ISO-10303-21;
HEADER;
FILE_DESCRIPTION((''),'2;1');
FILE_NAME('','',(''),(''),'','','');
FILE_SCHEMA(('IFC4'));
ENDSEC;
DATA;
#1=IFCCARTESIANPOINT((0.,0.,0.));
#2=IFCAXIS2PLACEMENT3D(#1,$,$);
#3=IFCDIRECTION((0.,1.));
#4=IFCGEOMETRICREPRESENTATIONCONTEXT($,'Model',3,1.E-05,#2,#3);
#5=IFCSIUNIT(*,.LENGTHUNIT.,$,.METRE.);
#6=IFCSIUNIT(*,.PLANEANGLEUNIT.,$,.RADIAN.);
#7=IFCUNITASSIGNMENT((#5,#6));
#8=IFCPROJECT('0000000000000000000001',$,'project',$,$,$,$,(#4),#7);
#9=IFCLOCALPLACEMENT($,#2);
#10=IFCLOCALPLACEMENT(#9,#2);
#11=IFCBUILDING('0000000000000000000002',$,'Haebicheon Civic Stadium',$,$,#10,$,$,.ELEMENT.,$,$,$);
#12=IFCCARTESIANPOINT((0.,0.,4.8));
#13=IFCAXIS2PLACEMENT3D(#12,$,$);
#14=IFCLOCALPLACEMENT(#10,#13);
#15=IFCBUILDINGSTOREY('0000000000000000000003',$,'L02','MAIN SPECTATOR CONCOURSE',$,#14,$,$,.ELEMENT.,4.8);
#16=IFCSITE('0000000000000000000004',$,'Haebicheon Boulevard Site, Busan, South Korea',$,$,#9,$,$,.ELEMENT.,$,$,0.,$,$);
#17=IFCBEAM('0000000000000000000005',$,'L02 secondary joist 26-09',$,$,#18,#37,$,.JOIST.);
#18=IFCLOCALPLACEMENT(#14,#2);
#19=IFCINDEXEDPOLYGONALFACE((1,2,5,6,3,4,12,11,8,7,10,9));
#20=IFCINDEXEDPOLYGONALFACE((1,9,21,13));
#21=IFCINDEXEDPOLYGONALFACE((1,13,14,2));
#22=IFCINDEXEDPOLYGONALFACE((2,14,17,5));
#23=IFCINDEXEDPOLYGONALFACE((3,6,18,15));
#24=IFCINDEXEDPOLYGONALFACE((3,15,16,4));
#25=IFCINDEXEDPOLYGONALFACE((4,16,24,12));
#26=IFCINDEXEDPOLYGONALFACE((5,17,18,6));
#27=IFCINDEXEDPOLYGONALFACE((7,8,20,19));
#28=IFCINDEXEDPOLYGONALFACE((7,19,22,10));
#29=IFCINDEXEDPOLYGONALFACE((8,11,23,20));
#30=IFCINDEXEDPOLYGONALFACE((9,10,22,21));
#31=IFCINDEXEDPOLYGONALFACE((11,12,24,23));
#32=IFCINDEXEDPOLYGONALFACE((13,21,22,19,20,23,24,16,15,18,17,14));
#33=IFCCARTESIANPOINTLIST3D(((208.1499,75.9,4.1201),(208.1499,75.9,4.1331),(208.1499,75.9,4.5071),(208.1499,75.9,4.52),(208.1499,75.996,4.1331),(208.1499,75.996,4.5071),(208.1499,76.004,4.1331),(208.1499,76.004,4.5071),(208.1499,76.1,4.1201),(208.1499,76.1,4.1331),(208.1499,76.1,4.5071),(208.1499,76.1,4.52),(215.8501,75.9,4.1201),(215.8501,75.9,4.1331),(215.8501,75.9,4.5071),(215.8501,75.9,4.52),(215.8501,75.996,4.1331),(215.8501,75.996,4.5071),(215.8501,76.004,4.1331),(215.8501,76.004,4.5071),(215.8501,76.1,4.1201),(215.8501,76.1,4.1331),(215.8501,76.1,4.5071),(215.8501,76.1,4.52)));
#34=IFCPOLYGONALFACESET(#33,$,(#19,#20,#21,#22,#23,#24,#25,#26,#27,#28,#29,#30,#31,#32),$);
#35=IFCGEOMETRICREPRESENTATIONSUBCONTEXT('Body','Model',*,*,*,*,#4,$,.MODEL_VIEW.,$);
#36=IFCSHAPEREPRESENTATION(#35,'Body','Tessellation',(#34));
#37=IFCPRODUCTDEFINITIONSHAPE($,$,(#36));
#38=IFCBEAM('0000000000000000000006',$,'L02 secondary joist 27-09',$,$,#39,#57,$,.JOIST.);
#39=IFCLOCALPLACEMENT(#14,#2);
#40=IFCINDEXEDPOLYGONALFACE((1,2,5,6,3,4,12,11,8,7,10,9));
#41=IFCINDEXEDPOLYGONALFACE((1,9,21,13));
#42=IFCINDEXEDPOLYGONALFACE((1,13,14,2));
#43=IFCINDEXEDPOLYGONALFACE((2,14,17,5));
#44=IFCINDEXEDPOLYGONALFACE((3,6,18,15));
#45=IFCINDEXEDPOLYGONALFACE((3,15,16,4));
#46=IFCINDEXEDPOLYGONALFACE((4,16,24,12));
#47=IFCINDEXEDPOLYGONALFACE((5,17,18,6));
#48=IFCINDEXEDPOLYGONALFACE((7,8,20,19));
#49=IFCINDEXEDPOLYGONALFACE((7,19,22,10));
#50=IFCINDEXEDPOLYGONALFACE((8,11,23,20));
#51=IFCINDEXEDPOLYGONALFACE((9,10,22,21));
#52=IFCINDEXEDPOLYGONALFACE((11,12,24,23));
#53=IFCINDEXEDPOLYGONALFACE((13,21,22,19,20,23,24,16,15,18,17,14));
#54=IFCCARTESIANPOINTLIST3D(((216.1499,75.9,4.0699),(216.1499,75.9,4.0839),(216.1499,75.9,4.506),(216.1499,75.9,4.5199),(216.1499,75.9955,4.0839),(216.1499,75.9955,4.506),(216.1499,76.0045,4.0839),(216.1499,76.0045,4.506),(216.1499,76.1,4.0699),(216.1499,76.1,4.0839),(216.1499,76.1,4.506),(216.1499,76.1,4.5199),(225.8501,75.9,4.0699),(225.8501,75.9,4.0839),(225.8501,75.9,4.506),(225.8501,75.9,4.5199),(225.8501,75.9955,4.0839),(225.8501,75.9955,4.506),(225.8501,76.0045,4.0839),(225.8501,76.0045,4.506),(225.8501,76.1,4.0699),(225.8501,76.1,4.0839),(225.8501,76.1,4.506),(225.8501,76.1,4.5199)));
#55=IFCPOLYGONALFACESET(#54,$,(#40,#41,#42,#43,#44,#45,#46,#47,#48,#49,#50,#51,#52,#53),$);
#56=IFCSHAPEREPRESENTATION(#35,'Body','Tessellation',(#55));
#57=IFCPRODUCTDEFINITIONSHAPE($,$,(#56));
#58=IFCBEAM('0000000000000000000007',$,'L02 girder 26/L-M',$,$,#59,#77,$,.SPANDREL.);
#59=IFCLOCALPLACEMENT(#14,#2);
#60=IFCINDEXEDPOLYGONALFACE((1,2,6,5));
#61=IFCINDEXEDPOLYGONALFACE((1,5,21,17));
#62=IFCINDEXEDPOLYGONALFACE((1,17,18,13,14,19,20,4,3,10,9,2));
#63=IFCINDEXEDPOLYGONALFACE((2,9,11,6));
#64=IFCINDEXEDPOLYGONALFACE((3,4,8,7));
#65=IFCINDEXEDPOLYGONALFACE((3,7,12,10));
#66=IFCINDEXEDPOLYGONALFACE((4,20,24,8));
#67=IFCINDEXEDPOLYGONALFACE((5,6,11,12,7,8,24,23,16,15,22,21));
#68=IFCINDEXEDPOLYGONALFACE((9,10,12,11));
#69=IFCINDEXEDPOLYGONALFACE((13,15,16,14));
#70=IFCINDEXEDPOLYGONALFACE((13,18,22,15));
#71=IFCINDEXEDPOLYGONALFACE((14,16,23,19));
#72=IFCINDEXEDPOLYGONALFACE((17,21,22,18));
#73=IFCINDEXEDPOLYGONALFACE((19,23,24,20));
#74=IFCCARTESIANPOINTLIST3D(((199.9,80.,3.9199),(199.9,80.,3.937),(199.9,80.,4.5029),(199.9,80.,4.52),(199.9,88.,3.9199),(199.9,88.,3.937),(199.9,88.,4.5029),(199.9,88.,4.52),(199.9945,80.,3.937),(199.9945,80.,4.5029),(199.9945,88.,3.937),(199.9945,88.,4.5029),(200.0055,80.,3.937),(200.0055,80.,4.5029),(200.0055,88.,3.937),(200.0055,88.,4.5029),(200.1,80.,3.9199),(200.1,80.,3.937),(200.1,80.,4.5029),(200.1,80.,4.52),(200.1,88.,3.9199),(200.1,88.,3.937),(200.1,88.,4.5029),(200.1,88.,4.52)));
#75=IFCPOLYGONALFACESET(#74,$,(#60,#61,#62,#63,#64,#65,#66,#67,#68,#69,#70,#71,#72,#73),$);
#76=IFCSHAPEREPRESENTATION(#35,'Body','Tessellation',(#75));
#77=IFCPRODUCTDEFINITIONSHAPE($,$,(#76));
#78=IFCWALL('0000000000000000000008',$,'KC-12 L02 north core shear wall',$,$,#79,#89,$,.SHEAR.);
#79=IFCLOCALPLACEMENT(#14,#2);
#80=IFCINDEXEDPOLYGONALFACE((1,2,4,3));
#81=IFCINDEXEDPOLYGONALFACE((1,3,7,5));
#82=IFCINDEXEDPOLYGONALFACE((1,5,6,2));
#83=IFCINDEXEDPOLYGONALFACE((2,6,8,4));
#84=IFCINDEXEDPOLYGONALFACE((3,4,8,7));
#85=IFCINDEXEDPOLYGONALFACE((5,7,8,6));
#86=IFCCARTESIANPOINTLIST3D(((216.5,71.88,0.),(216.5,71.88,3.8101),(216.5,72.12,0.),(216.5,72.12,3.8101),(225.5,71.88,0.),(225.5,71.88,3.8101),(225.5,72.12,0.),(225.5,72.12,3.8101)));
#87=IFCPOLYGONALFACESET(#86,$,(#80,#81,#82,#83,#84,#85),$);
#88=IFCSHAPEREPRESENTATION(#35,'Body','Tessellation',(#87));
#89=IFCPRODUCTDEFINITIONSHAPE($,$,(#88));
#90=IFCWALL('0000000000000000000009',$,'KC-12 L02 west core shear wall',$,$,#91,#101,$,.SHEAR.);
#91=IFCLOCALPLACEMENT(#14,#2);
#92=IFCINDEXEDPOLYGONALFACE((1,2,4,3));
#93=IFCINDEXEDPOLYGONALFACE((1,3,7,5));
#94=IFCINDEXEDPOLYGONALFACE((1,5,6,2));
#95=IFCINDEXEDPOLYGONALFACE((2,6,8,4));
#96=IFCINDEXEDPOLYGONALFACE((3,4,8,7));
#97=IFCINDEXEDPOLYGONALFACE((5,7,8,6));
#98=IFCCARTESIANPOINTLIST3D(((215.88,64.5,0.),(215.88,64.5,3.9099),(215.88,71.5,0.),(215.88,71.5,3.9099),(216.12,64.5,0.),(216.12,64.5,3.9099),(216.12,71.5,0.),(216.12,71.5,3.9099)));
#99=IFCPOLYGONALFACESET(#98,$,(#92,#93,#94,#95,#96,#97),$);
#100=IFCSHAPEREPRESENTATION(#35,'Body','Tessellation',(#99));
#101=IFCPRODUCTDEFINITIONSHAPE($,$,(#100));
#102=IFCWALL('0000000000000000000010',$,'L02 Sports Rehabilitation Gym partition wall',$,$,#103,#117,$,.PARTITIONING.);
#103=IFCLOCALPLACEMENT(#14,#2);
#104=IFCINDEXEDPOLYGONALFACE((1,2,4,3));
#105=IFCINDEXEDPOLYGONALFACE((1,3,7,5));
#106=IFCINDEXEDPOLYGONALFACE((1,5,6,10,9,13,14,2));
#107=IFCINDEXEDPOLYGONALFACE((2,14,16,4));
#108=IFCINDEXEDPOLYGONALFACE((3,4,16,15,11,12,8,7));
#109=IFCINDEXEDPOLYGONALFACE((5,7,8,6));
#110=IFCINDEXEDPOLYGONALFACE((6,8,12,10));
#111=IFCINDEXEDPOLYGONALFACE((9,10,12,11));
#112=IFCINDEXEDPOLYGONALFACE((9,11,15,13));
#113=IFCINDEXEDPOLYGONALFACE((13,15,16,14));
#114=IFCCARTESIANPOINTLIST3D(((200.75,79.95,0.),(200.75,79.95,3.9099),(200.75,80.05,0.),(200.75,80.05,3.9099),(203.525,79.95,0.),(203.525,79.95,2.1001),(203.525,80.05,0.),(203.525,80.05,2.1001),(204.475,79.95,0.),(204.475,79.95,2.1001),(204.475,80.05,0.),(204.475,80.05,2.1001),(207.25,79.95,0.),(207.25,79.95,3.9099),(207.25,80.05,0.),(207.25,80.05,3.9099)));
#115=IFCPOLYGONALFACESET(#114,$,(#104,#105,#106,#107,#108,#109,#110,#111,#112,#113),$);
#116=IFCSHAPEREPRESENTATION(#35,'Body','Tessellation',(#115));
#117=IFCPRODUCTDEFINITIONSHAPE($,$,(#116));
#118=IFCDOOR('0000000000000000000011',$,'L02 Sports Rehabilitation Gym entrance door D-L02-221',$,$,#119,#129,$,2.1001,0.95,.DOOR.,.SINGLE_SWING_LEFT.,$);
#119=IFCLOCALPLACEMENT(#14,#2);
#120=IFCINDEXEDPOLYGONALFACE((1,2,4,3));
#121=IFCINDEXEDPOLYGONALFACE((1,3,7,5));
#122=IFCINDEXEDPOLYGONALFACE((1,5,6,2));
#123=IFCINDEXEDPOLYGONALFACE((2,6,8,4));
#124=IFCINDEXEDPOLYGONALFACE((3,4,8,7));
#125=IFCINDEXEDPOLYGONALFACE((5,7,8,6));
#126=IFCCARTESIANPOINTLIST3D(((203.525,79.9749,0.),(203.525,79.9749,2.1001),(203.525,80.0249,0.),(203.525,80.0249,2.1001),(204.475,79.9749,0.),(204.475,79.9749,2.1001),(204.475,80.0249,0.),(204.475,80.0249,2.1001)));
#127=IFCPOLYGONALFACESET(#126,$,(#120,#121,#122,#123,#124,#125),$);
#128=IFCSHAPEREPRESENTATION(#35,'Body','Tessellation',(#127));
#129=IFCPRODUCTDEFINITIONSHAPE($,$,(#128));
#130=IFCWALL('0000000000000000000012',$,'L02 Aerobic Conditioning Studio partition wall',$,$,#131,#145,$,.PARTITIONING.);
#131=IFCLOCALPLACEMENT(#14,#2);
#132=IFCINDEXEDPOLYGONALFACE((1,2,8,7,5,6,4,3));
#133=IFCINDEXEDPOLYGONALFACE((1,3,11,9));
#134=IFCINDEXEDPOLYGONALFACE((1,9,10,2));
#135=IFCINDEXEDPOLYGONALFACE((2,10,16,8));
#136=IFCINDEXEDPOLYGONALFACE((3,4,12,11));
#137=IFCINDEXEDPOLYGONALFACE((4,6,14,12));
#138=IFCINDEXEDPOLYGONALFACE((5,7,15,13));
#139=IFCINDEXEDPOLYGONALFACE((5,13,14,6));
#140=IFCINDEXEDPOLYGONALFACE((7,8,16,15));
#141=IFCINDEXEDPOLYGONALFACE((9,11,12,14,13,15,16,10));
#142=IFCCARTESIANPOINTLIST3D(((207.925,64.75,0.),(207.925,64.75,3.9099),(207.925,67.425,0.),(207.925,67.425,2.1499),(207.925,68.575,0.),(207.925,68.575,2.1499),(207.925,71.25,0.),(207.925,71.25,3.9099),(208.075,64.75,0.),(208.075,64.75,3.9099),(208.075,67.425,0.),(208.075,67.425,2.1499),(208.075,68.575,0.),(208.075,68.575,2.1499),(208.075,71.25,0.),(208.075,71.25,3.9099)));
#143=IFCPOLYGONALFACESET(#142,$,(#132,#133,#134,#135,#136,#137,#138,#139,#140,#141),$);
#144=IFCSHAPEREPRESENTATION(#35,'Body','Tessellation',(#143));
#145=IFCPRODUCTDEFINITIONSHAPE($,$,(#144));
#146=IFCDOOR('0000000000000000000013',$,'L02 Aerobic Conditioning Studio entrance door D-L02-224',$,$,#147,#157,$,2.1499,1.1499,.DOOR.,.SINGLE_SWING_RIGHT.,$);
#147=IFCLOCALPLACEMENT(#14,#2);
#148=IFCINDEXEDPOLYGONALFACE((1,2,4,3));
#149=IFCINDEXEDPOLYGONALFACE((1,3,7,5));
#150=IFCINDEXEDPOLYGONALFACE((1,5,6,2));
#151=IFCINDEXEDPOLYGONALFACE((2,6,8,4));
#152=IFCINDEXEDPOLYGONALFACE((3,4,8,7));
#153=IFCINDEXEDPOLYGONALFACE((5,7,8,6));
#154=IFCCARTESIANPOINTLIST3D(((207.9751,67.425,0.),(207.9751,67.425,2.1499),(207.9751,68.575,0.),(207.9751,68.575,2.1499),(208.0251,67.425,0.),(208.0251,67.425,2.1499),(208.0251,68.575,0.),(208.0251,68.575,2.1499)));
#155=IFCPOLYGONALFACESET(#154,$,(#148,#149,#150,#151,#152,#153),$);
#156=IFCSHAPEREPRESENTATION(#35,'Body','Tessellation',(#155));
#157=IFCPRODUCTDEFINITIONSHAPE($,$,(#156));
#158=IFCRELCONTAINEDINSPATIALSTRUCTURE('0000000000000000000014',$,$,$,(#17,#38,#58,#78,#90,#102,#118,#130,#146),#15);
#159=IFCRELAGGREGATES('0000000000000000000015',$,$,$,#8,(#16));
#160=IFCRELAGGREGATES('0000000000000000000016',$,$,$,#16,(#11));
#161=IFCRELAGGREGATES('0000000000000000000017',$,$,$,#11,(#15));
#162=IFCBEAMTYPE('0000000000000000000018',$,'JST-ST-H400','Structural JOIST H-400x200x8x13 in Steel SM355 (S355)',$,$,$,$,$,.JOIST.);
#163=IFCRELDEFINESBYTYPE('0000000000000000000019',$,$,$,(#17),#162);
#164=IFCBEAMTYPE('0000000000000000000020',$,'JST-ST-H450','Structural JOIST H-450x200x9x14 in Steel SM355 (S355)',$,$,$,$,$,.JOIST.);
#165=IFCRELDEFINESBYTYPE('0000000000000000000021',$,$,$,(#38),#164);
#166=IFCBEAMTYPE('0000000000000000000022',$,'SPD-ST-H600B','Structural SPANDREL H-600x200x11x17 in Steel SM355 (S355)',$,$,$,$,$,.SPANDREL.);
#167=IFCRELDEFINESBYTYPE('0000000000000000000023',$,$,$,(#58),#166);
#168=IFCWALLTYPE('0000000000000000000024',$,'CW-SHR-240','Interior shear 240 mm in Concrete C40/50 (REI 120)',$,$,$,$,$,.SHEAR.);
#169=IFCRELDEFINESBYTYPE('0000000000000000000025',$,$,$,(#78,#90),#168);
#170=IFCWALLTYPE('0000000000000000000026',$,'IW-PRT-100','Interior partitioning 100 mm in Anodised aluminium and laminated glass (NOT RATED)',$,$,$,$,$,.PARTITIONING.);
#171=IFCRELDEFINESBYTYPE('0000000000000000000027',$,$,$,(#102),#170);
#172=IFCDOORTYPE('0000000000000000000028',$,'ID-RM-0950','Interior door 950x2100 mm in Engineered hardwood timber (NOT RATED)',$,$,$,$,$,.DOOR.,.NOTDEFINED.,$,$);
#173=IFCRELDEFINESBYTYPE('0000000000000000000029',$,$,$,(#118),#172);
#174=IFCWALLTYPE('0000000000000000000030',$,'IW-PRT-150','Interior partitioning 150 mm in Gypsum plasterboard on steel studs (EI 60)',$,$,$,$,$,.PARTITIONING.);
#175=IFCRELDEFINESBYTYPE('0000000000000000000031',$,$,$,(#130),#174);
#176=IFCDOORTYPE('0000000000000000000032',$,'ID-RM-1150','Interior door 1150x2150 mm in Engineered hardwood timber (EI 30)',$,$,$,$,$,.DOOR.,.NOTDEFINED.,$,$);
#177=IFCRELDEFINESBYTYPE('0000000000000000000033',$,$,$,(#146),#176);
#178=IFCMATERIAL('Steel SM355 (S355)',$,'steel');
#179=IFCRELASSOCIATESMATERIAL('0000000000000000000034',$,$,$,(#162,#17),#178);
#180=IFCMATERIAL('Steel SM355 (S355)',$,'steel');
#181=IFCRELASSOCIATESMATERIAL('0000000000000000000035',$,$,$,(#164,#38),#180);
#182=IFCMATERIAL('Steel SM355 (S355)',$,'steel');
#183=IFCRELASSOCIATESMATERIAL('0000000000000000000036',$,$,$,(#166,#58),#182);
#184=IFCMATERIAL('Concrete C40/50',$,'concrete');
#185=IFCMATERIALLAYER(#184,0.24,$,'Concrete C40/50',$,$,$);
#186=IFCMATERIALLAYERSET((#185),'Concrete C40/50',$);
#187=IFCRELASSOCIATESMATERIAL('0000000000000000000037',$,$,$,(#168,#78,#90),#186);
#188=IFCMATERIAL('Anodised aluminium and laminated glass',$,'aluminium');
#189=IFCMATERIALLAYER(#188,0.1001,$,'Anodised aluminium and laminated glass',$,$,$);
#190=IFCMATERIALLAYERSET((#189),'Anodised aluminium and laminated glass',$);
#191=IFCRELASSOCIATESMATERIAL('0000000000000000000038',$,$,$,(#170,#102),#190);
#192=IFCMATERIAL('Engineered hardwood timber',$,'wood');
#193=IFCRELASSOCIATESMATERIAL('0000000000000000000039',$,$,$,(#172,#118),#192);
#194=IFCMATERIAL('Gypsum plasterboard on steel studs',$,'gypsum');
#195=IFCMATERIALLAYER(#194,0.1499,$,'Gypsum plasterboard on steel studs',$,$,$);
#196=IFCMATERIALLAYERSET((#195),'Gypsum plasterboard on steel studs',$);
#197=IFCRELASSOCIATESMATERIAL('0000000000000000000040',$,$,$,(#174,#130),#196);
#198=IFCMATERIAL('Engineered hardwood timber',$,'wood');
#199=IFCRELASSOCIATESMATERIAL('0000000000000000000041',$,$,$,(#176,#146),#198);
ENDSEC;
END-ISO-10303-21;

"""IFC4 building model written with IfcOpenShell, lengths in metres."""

from ifc_helpers import new_model, si_unit, direction, frame, frame_2d, origin, origin_2d, place, context, subcontext, project, spatial, rectangle, i_section, extrude, material, layer, layer_set, material_profile, profile_set, type_object, element, fill, save


model = new_model("IFC4")

# Units and contexts
model_context = context("Model", 3, precision=1e-05, world=origin(), true_north=direction((0.0, 1.0)))
body_context = subcontext(model_context, "Body", "Model", "MODEL_VIEW")
ifc_project = project(units=[si_unit("LENGTHUNIT", "METRE"), si_unit("PLANEANGLEUNIT", "RADIAN")], contexts=[model_context])

# Site, building, storey
site_placement = place(None, origin())
site = spatial("IfcSite", under=ifc_project, at=site_placement, Name="Haebicheon Boulevard Site, Busan, South Korea", CompositionType="ELEMENT", RefElevation=0.0)
building_placement = place(site_placement, origin())
building = spatial("IfcBuilding", under=site, at=building_placement, Name="Haebicheon Civic Stadium", CompositionType="ELEMENT")
storey_placement = place(building_placement, frame((0.0, 0.0, 4.8)))
storey = spatial("IfcBuildingStorey", under=building, at=storey_placement, Name="L02", Description="MAIN SPECTATOR CONCOURSE", CompositionType="ELEMENT", Elevation=4.8)

# Beams
ifc_material_1 = material(Name="Steel SM355 (S355)", Category="steel")
ifc_material_profile_1 = material_profile(ifc_material_1, i_section(OverallWidth=0.2, OverallDepth=0.3999, WebThickness=0.0081, FlangeThickness=0.0129, at=origin_2d()), Name="H-400x200x8x13")
ifc_profile_set_1 = profile_set([ifc_material_profile_1], Name="Steel SM355 (S355)")
beam_type_1 = type_object("IfcBeamType", Name="JST-ST-H400", Description="Structural JOIST H-400x200x8x13 in Steel SM355 (S355)", PredefinedType="JOIST", material=ifc_profile_set_1)
for number, where, z_axis, x_axis, name in (
    (1, (208.1499, 76.0, 4.3201), (1.0, 0.0, 0.0), (0.0, 1.0, 0.0), "L02 secondary joist 26-09"),
):
    element("IfcBeam", number, at=place(storey_placement, frame(where, z_axis=z_axis, x_axis=x_axis)), inside=storey, type_object=beam_type_1, material=ifc_profile_set_1, Name=name, PredefinedType="JOIST", context=body_context, shape_type="SweptSolid", body=[
        extrude(i_section(OverallWidth=0.2, OverallDepth=0.3999, WebThickness=0.0081, FlangeThickness=0.0129, at=origin_2d()), origin(), (0.0, 0.0, 1.0), 7.7002),
    ])
ifc_material_2 = material(Name="Steel SM355 (S355)", Category="steel")
ifc_material_profile_2 = material_profile(ifc_material_2, i_section(OverallWidth=0.2, OverallDepth=0.45, WebThickness=0.009, FlangeThickness=0.0139, at=origin_2d()), Name="H-450x200x9x14")
ifc_profile_set_2 = profile_set([ifc_material_profile_2], Name="Steel SM355 (S355)")
beam_type_2 = type_object("IfcBeamType", Name="JST-ST-H450", Description="Structural JOIST H-450x200x9x14 in Steel SM355 (S355)", PredefinedType="JOIST", material=ifc_profile_set_2)
beam_1_placement = place(storey_placement, frame((216.1499, 76.0, 4.2949), z_axis=(1.0, 0.0, 0.0), x_axis=(0.0, 1.0, 0.0)))
element("IfcBeam", 2, at=beam_1_placement, inside=storey, type_object=beam_type_2, material=ifc_profile_set_2, Name="L02 secondary joist 27-09", PredefinedType="JOIST", context=body_context, shape_type="SweptSolid", body=[
    extrude(i_section(OverallWidth=0.2, OverallDepth=0.45, WebThickness=0.009, FlangeThickness=0.0139, at=origin_2d()), origin(), (0.0, 0.0, 1.0), 9.7002),
])
ifc_material_3 = material(Name="Steel SM355 (S355)", Category="steel")
ifc_material_profile_3 = material_profile(ifc_material_3, i_section(OverallWidth=0.2, OverallDepth=0.6001, WebThickness=0.011, FlangeThickness=0.0171, at=origin_2d()), Name="H-600x200x11x17")
ifc_profile_set_3 = profile_set([ifc_material_profile_3], Name="Steel SM355 (S355)")
beam_type_3 = type_object("IfcBeamType", Name="SPD-ST-H600B", Description="Structural SPANDREL H-600x200x11x17 in Steel SM355 (S355)", PredefinedType="SPANDREL", material=ifc_profile_set_3)
beam_2_placement = place(storey_placement, frame((200.0, 80.0, 4.22), z_axis=(0.0, 1.0, 0.0), x_axis=(-1.0, 0.0, 0.0)))
element("IfcBeam", 3, at=beam_2_placement, inside=storey, type_object=beam_type_3, material=ifc_profile_set_3, Name="L02 girder 26/L-M", PredefinedType="SPANDREL", context=body_context, shape_type="SweptSolid", body=[
    extrude(i_section(OverallWidth=0.2, OverallDepth=0.6001, WebThickness=0.011, FlangeThickness=0.0171, at=origin_2d()), origin(), (0.0, 0.0, 1.0), 8.0),
])

# Walls
ifc_material_4 = material(Name="Concrete C40/50", Category="concrete")
ifc_layer_1 = layer(ifc_material_4, 0.24, Name="Concrete C40/50")
ifc_layer_set_1 = layer_set([ifc_layer_1], Name="Concrete C40/50")
wall_type_1 = type_object("IfcWallType", Name="CW-SHR-240", Description="Interior shear 240 mm in Concrete C40/50 (REI 120)", PredefinedType="SHEAR", material=ifc_layer_set_1)
wall_1_placement = place(storey_placement, frame((216.5, 72.0, 0.0), z_axis=(0.0, 0.0, 1.0), x_axis=(1.0, 0.0, 0.0)))
element("IfcWall", 4, at=wall_1_placement, inside=storey, type_object=wall_type_1, material=ifc_layer_set_1, Name="KC-12 L02 north core shear wall", PredefinedType="SHEAR", context=body_context, shape_type="SweptSolid", body=[
    extrude(rectangle(XDim=9.0, YDim=0.24, at=frame_2d((4.5, 0.0))), origin(), (0.0, 0.0, 1.0), 3.8101),
])
wall_2_placement = place(storey_placement, frame((216.0, 64.5, 0.0), z_axis=(0.0, 0.0, 1.0), x_axis=(0.0, 1.0, 0.0)))
element("IfcWall", 5, at=wall_2_placement, inside=storey, type_object=wall_type_1, material=ifc_layer_set_1, Name="KC-12 L02 west core shear wall", PredefinedType="SHEAR", context=body_context, shape_type="SweptSolid", body=[
    extrude(rectangle(XDim=7.0, YDim=0.24, at=frame_2d((3.5, 0.0))), origin(), (0.0, 0.0, 1.0), 3.9099),
])

# Walls, openings, doors
ifc_material_5 = material(Name="Anodised aluminium and laminated glass", Category="aluminium")
ifc_layer_2 = layer(ifc_material_5, 0.1001, Name="Anodised aluminium and laminated glass")
ifc_layer_set_2 = layer_set([ifc_layer_2], Name="Anodised aluminium and laminated glass")
wall_type_2 = type_object("IfcWallType", Name="IW-PRT-100", Description="Interior partitioning 100 mm in Anodised aluminium and laminated glass (NOT RATED)", PredefinedType="PARTITIONING", material=ifc_layer_set_2)
wall_3_placement = place(storey_placement, frame((200.75, 80.0, 0.0), z_axis=(0.0, 0.0, 1.0), x_axis=(1.0, 0.0, 0.0)))
wall_3 = element("IfcWall", 6, at=wall_3_placement, inside=storey, type_object=wall_type_2, material=ifc_layer_set_2, Name="L02 Sports Rehabilitation Gym partition wall", PredefinedType="PARTITIONING", context=body_context, shape_type="SweptSolid", body=[
    extrude(rectangle(XDim=6.5, YDim=0.1001, at=frame_2d((3.25, 0.0))), origin(), (0.0, 0.0, 1.0), 3.9099),
])
opening_1_placement = place(wall_3_placement, frame((2.7749, 0.0, 0.0)))
opening_1 = element("IfcOpeningElement", 7, at=opening_1_placement, cuts=wall_3, PredefinedType="OPENING", context=body_context, shape_type="SweptSolid", body=[
    extrude(rectangle(XDim=0.95, YDim=2.1001, at=frame_2d((0.4751, 1.05))), frame((0.0, 0.0601, 0.0), z_axis=(0.0, -1.0, 0.0), x_axis=(1.0, 0.0, 0.0)), (0.0, 0.0, 1.0), 0.1201),
])
ifc_material_6 = material(Name="Engineered hardwood timber", Category="wood")
door_type_1 = type_object("IfcDoorType", Name="ID-RM-0950", Description="Interior door 950x2100 mm in Engineered hardwood timber (NOT RATED)", OperationType="NOTDEFINED", PredefinedType="DOOR", material=ifc_material_6)
door_1_placement = place(opening_1_placement, origin())
door_1 = element("IfcDoor", 8, at=door_1_placement, inside=storey, type_object=door_type_1, material=ifc_material_6, Name="L02 Sports Rehabilitation Gym entrance door D-L02-221", OperationType="SINGLE_SWING_LEFT", OverallHeight=2.1001, OverallWidth=0.95, PredefinedType="DOOR", context=body_context, shape_type="SweptSolid", body=[
    extrude(rectangle(XDim=0.95, YDim=2.1001, at=frame_2d((0.4751, 1.05))), frame((0.0, 0.0249, 0.0), z_axis=(0.0, -1.0, 0.0), x_axis=(1.0, 0.0, 0.0)), (0.0, 0.0, 1.0), 0.05),
])
fill(opening_1, door_1)
ifc_material_7 = material(Name="Gypsum plasterboard on steel studs", Category="gypsum")
ifc_layer_3 = layer(ifc_material_7, 0.1499, Name="Gypsum plasterboard on steel studs")
ifc_layer_set_3 = layer_set([ifc_layer_3], Name="Gypsum plasterboard on steel studs")
wall_type_3 = type_object("IfcWallType", Name="IW-PRT-150", Description="Interior partitioning 150 mm in Gypsum plasterboard on steel studs (EI 60)", PredefinedType="PARTITIONING", material=ifc_layer_set_3)
wall_4_placement = place(storey_placement, frame((208.0, 64.75, 0.0), z_axis=(0.0, 0.0, 1.0), x_axis=(0.0, 1.0, 0.0)))
wall_4 = element("IfcWall", 9, at=wall_4_placement, inside=storey, type_object=wall_type_3, material=ifc_layer_set_3, Name="L02 Aerobic Conditioning Studio partition wall", PredefinedType="PARTITIONING", context=body_context, shape_type="SweptSolid", body=[
    extrude(rectangle(XDim=6.5, YDim=0.1499, at=frame_2d((3.25, 0.0))), origin(), (0.0, 0.0, 1.0), 3.9099),
])
opening_2_placement = place(wall_4_placement, frame((2.675, 0.0, 0.0)))
opening_2 = element("IfcOpeningElement", 10, at=opening_2_placement, cuts=wall_4, PredefinedType="OPENING", context=body_context, shape_type="SweptSolid", body=[
    extrude(rectangle(XDim=1.1499, YDim=2.1499, at=frame_2d((0.575, 1.075))), frame((0.0, 0.085, 0.0), z_axis=(0.0, -1.0, 0.0), x_axis=(1.0, 0.0, 0.0)), (0.0, 0.0, 1.0), 0.1699),
])
ifc_material_8 = material(Name="Engineered hardwood timber", Category="wood")
door_type_2 = type_object("IfcDoorType", Name="ID-RM-1150", Description="Interior door 1150x2150 mm in Engineered hardwood timber (EI 30)", OperationType="NOTDEFINED", PredefinedType="DOOR", material=ifc_material_8)
door_2_placement = place(opening_2_placement, origin())
door_2 = element("IfcDoor", 11, at=door_2_placement, inside=storey, type_object=door_type_2, material=ifc_material_8, Name="L02 Aerobic Conditioning Studio entrance door D-L02-224", OperationType="SINGLE_SWING_RIGHT", OverallHeight=2.1499, OverallWidth=1.1499, PredefinedType="DOOR", context=body_context, shape_type="SweptSolid", body=[
    extrude(rectangle(XDim=1.1499, YDim=2.1499, at=frame_2d((0.575, 1.075))), frame((0.0, 0.0249, 0.0), z_axis=(0.0, -1.0, 0.0), x_axis=(1.0, 0.0, 0.0)), (0.0, 0.0, 1.0), 0.05),
])
fill(opening_2, door_2)

save(model, "model.ifc")
